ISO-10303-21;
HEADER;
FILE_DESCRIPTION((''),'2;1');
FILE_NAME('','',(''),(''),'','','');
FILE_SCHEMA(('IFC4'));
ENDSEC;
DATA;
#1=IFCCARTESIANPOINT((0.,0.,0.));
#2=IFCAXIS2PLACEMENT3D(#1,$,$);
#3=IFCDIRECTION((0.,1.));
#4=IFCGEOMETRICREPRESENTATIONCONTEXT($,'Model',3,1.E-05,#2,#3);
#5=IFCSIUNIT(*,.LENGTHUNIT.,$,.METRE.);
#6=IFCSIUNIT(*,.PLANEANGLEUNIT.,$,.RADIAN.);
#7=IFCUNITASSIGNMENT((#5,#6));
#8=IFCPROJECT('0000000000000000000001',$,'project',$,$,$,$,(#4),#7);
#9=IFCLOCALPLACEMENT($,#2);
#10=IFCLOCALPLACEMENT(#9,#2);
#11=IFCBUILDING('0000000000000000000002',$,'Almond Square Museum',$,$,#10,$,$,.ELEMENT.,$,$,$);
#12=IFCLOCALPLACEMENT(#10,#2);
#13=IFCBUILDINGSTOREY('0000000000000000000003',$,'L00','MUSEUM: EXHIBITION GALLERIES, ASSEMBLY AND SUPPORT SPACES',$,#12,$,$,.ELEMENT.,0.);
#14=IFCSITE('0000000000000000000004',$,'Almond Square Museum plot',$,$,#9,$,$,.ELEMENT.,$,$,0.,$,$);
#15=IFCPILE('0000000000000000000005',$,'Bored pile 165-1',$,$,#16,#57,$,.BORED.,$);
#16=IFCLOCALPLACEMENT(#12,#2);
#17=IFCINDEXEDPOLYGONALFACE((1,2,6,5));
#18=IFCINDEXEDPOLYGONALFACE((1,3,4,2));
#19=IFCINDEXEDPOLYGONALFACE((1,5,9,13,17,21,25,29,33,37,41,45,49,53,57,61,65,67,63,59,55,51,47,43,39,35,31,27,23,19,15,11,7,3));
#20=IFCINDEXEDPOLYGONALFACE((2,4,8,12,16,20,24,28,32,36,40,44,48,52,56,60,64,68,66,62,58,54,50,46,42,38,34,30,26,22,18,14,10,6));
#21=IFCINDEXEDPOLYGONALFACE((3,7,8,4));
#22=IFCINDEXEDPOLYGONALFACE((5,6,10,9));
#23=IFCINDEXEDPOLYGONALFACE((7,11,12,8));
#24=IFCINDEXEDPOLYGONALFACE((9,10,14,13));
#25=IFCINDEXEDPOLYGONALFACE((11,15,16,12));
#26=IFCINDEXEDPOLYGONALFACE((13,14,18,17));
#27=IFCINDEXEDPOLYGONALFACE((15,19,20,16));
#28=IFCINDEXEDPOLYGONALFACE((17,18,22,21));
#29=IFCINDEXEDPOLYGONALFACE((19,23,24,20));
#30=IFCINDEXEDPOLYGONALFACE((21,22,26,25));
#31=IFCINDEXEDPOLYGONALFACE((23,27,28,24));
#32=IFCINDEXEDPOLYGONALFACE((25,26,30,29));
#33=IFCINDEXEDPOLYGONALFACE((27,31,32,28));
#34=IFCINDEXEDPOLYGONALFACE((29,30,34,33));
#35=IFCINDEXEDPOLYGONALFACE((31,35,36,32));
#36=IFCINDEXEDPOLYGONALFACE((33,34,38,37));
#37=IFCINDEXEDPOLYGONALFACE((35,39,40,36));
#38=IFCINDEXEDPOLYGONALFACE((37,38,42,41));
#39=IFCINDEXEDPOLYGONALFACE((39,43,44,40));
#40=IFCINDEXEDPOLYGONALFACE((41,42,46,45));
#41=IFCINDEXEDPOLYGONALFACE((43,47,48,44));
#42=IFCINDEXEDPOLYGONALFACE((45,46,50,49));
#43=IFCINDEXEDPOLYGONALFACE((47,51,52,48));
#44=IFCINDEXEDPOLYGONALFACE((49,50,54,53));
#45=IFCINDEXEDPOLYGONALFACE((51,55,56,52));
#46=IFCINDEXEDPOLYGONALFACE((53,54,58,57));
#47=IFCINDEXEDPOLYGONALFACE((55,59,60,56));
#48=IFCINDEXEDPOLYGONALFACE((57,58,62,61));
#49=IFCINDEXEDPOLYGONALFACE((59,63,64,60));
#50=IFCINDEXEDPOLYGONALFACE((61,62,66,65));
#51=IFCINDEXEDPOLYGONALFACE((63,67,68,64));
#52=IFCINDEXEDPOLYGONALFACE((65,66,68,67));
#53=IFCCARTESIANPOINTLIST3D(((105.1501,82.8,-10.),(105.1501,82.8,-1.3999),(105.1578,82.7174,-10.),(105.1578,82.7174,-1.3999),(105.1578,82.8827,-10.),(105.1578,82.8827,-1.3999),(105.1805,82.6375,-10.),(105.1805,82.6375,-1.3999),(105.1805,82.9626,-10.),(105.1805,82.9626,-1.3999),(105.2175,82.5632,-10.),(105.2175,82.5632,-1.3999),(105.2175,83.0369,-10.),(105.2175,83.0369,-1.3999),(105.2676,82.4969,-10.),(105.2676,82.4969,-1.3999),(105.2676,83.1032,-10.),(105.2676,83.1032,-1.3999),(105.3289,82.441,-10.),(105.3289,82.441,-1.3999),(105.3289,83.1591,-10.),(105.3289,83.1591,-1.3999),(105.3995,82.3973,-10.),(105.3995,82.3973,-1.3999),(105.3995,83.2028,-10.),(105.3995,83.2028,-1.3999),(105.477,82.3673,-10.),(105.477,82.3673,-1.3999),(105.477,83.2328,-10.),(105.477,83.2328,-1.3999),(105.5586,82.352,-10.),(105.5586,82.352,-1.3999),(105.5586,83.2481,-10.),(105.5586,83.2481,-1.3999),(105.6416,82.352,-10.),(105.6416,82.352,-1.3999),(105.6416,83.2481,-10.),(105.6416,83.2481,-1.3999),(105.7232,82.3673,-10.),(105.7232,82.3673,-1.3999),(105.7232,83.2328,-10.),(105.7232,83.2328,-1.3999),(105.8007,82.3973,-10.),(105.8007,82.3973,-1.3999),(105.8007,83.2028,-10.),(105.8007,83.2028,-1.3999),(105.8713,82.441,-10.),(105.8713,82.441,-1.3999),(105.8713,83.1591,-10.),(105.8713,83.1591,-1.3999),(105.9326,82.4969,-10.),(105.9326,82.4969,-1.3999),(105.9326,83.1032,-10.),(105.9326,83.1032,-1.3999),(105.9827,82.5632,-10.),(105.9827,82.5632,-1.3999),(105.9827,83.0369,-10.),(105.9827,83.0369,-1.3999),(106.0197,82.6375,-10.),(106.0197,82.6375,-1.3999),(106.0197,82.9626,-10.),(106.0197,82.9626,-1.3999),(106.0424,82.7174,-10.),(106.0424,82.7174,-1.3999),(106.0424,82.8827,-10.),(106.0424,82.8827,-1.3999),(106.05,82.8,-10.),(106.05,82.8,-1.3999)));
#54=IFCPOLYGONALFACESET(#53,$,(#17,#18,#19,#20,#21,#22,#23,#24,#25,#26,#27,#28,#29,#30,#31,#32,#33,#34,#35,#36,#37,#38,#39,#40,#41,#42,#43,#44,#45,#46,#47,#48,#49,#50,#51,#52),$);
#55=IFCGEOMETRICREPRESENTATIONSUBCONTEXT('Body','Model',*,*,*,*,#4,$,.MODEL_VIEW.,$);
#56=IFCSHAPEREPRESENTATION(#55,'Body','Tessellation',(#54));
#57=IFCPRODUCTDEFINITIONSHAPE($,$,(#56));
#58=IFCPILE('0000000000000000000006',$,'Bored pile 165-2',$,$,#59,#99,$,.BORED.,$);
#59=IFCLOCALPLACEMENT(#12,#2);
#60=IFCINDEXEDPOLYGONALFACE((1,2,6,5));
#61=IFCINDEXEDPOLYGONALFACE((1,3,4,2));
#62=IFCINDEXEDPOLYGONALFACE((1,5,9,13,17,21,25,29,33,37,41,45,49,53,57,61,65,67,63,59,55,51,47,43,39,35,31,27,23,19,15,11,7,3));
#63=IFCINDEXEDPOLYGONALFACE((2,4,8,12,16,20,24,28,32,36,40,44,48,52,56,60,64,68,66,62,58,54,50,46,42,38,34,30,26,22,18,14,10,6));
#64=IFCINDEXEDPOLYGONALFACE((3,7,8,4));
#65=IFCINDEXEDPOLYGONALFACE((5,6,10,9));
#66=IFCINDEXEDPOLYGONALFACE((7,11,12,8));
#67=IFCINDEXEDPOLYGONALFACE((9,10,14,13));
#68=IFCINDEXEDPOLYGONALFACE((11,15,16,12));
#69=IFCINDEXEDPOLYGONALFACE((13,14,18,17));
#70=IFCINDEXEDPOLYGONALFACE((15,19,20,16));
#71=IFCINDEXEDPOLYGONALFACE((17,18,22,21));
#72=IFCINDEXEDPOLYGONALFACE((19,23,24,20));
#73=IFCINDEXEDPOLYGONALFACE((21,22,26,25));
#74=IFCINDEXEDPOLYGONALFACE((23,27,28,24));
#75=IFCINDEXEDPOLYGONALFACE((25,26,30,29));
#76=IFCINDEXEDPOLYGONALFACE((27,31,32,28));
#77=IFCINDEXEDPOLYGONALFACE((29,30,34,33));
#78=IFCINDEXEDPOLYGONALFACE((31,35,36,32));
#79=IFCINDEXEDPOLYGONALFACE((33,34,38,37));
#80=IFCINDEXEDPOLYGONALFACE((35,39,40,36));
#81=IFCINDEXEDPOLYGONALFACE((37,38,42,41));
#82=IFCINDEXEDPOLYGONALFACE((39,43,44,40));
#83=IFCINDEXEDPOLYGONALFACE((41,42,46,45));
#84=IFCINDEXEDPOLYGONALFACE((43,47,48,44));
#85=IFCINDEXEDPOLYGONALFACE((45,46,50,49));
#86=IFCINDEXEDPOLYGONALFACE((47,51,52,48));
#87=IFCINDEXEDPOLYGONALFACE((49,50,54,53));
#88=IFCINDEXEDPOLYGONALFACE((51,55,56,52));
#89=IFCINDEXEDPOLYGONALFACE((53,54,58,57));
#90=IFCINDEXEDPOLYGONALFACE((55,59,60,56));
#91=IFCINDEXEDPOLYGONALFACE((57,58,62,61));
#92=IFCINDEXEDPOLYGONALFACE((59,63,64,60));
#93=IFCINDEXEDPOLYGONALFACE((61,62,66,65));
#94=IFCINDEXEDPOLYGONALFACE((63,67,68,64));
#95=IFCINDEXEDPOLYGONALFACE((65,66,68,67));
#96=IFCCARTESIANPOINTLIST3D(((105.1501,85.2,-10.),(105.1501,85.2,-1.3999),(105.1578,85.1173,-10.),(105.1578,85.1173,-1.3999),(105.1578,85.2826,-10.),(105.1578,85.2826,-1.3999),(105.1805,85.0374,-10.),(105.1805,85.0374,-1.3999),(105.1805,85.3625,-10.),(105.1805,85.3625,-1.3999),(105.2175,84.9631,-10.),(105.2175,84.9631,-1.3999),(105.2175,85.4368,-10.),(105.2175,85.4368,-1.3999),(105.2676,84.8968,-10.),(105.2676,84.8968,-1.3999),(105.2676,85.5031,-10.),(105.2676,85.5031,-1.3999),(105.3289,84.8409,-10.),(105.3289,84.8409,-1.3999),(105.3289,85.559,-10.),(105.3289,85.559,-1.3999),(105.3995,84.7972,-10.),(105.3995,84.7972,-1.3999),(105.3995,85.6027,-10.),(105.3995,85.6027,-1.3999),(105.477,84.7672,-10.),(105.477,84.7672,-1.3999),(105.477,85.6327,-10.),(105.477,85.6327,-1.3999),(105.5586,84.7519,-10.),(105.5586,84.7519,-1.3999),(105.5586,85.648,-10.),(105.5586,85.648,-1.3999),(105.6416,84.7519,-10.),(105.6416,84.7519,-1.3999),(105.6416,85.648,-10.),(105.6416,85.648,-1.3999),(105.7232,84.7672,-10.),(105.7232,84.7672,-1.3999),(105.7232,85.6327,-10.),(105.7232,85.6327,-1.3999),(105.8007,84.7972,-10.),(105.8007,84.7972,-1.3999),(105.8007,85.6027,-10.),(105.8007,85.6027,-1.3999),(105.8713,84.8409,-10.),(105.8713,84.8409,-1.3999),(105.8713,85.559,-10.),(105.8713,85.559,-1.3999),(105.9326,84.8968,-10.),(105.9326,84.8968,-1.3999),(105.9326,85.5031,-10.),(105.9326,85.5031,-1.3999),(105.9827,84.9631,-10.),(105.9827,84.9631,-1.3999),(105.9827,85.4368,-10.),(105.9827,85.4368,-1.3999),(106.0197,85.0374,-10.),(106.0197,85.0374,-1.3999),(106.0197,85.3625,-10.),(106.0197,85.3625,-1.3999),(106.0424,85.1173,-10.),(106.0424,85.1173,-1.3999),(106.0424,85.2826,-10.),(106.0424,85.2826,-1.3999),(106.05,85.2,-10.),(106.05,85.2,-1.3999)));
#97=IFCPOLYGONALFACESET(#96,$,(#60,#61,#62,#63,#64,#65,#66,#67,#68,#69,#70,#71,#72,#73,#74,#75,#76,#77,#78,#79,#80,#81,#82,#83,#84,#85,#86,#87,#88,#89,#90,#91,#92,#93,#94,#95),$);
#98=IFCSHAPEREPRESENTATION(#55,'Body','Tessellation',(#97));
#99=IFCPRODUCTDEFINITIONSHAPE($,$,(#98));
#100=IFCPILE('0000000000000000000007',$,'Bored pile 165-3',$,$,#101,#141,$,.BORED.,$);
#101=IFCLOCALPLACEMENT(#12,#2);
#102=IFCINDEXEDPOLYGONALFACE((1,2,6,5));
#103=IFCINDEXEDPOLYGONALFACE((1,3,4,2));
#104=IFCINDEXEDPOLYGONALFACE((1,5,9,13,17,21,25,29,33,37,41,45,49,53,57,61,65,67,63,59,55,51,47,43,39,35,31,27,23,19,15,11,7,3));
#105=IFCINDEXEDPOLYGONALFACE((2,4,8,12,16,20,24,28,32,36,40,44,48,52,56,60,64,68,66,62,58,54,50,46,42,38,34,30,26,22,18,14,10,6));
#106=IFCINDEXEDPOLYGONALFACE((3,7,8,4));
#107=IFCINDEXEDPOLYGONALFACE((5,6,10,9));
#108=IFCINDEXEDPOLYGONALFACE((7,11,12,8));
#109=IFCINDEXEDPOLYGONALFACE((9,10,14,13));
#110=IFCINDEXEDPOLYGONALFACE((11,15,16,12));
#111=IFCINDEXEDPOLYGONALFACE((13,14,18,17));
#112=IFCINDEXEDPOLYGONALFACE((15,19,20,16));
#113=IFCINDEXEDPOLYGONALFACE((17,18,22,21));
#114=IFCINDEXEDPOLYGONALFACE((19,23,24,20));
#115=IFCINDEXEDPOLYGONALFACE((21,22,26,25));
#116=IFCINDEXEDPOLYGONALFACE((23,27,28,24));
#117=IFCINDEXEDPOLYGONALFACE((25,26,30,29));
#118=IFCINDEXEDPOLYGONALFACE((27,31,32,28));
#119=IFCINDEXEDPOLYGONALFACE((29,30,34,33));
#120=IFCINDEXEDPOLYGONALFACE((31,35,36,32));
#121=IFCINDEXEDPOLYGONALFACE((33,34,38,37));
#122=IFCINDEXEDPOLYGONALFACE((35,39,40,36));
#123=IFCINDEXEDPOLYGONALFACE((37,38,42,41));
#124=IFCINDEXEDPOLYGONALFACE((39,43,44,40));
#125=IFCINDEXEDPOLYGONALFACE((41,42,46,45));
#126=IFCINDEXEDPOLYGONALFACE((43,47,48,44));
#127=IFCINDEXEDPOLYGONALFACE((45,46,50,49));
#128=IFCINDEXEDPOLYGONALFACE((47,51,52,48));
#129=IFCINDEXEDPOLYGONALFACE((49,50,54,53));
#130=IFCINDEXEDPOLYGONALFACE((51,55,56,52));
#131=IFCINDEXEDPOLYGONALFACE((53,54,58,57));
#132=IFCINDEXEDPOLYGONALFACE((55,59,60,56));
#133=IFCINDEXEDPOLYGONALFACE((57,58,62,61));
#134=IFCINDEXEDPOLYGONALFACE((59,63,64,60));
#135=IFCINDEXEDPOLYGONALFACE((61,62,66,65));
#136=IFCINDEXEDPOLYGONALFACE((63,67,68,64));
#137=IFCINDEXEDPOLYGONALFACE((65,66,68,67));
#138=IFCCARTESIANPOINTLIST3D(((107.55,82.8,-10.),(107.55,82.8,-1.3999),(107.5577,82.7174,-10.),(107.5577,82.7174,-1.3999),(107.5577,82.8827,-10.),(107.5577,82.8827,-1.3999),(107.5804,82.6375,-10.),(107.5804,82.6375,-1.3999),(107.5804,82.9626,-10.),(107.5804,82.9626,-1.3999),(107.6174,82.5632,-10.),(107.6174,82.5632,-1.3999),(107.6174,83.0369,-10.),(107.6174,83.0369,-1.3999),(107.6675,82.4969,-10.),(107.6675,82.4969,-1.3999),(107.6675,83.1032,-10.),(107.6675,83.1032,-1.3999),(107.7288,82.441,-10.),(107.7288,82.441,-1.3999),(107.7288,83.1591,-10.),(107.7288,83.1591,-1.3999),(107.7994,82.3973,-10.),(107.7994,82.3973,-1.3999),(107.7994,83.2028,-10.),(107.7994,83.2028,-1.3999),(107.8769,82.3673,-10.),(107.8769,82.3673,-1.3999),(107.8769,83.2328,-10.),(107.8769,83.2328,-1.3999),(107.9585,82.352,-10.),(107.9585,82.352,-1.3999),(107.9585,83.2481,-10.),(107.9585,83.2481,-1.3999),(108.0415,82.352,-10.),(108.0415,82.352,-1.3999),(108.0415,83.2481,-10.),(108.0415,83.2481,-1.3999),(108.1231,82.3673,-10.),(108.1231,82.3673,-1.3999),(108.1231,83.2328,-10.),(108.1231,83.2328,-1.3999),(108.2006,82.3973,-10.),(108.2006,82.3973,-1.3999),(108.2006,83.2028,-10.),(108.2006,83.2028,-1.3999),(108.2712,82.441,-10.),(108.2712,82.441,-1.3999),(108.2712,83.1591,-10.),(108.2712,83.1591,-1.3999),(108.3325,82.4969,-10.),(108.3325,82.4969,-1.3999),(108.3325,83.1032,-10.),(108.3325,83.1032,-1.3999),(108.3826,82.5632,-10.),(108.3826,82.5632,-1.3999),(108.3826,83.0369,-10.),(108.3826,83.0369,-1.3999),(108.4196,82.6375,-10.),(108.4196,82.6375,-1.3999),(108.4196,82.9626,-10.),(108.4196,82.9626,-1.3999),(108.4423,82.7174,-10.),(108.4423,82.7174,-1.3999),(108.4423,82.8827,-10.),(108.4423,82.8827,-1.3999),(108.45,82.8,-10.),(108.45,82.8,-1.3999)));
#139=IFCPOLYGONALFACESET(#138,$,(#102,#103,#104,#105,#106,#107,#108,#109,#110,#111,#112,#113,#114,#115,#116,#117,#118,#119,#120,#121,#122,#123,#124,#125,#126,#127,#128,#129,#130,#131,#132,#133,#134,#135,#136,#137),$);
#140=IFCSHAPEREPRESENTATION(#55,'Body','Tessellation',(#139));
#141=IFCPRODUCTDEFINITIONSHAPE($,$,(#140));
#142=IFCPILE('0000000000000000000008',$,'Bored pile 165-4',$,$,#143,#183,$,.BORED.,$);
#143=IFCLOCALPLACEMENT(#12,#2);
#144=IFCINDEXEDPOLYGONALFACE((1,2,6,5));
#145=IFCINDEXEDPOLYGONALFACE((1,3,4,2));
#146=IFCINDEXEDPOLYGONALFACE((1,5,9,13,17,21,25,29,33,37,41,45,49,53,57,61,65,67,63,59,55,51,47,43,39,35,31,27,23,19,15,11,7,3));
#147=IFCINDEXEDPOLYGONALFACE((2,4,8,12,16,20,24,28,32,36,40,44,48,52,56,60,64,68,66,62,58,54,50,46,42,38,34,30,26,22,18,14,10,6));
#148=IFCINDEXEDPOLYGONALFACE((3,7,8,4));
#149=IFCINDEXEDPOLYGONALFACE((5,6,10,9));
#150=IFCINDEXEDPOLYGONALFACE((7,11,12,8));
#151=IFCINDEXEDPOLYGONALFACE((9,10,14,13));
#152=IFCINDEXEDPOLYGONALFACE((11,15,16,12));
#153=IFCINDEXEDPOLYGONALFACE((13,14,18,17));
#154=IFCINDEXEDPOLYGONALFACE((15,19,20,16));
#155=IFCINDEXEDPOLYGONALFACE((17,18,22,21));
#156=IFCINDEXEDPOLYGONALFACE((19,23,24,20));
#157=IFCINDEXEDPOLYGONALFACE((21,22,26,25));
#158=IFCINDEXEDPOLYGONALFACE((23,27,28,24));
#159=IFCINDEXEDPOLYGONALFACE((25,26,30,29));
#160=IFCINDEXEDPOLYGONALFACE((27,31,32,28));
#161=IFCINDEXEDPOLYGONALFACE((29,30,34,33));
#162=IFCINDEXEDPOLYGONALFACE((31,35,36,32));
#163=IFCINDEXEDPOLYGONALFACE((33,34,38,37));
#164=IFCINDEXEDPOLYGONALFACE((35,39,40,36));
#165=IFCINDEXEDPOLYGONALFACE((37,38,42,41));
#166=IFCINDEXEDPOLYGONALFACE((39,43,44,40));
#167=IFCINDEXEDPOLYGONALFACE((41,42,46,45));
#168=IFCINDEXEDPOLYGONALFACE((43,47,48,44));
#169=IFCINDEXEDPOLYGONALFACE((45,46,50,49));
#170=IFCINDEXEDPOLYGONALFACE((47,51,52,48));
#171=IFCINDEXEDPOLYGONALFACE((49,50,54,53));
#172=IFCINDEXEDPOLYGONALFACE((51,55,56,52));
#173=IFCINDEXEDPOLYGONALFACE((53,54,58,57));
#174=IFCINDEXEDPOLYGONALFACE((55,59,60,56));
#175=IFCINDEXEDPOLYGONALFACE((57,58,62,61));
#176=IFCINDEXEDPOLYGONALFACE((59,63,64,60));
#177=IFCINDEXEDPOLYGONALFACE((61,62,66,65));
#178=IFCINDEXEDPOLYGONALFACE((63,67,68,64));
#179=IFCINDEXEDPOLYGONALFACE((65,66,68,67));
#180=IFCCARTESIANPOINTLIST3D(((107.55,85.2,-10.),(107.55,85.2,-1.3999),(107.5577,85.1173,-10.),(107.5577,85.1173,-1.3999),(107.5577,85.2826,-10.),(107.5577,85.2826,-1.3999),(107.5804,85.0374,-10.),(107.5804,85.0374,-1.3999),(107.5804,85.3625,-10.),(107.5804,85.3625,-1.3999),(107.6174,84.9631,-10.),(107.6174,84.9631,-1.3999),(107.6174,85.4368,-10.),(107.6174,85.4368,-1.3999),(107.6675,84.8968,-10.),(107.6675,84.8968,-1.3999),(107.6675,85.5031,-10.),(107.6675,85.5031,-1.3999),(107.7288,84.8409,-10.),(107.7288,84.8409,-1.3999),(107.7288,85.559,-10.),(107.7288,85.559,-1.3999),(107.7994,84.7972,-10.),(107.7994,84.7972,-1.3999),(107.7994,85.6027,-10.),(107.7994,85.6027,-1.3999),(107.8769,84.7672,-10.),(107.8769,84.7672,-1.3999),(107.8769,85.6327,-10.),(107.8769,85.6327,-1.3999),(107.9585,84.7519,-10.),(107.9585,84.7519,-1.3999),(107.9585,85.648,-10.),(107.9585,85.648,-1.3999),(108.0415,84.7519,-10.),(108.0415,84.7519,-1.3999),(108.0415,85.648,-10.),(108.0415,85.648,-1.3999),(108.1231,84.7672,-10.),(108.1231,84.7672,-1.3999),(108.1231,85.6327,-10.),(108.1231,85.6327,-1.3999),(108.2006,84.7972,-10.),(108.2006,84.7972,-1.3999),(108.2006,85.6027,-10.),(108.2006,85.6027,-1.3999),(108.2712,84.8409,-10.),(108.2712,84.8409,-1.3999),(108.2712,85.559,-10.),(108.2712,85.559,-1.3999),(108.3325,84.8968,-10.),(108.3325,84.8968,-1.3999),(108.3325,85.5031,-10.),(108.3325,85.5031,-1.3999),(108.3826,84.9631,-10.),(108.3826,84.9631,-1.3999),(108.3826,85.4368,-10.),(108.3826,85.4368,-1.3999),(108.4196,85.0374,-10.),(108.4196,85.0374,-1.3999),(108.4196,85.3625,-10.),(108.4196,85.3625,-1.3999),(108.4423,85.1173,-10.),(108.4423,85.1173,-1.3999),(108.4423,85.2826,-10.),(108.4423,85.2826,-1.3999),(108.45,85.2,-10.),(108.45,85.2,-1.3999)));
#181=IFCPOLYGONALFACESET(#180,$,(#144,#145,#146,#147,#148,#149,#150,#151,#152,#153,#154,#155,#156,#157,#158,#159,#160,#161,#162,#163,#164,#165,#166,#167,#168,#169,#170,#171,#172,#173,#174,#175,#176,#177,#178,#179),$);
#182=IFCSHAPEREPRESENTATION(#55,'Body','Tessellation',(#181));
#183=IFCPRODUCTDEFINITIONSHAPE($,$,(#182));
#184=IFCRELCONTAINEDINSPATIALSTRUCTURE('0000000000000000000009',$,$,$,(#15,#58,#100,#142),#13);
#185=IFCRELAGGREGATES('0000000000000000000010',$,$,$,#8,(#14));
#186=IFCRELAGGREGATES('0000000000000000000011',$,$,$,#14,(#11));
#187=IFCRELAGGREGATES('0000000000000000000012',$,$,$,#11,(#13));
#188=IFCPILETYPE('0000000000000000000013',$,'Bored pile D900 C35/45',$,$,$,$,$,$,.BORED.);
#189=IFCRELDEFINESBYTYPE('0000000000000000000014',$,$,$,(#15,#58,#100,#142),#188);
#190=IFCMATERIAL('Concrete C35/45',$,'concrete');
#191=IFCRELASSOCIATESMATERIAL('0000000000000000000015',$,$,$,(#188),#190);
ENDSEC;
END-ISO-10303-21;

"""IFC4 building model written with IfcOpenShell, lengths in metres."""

from ifc_helpers import new_model, si_unit, direction, frame, origin, origin_2d, place, context, subcontext, project, spatial, circle, extrude, material, material_profile, profile_set, type_object, element, save


model = new_model("IFC4")

# Units and contexts
model_context = context("Model", 3, precision=1e-05, world=origin(), true_north=direction((0.0, 1.0)))
body_context = subcontext(model_context, "Body", "Model", "MODEL_VIEW")
ifc_project = project(units=[si_unit("LENGTHUNIT", "METRE"), si_unit("PLANEANGLEUNIT", "RADIAN")], contexts=[model_context])

# Site, building, storey
site_placement = place(None, origin())
site = spatial("IfcSite", under=ifc_project, at=site_placement, Name="Almond Square Museum plot", CompositionType="ELEMENT", RefElevation=0.0)
building_placement = place(site_placement, origin())
building = spatial("IfcBuilding", under=site, at=building_placement, Name="Almond Square Museum", CompositionType="ELEMENT")
storey_placement = place(building_placement, origin())
storey = spatial("IfcBuildingStorey", under=building, at=storey_placement, Name="L00", Description="MUSEUM: EXHIBITION GALLERIES, ASSEMBLY AND SUPPORT SPACES", CompositionType="ELEMENT", Elevation=0.0)

# Piles
ifc_material_1 = material(Name="Concrete C35/45", Category="concrete")
ifc_material_profile_1 = material_profile(ifc_material_1, circle(Radius=0.45, at=origin_2d()))
ifc_profile_set_1 = profile_set([ifc_material_profile_1], Name="Concrete C35/45")
pile_type = type_object("IfcPileType", Name="Bored pile D900 C35/45", PredefinedType="BORED", material=ifc_profile_set_1)
for number, where, z_axis, x_axis, name in (
    (1, (105.6001, 82.8, -1.3999), (0.0, 0.0, -1.0), (1.0, 0.0, 0.0), "Bored pile 165-1"),
    (2, (105.6001, 85.2, -1.3999), (0.0, 0.0, -1.0), (1.0, 0.0, 0.0), "Bored pile 165-2"),
    (3, (108.0, 82.8, -1.3999), (0.0, 0.0, -1.0), (1.0, 0.0, 0.0), "Bored pile 165-3"),
    (4, (108.0, 85.2, -1.3999), (0.0, 0.0, -1.0), (1.0, 0.0, 0.0), "Bored pile 165-4"),
):
    element("IfcPile", number, at=place(storey_placement, frame(where, z_axis=z_axis, x_axis=x_axis)), inside=storey, type_object=pile_type, Name=name, PredefinedType="BORED", context=body_context, shape_type="SweptSolid", body=[
        extrude(circle(Radius=0.45, at=origin_2d()), origin(), (0.0, 0.0, 1.0), 8.6001),
    ])

save(model, "model.ifc")
